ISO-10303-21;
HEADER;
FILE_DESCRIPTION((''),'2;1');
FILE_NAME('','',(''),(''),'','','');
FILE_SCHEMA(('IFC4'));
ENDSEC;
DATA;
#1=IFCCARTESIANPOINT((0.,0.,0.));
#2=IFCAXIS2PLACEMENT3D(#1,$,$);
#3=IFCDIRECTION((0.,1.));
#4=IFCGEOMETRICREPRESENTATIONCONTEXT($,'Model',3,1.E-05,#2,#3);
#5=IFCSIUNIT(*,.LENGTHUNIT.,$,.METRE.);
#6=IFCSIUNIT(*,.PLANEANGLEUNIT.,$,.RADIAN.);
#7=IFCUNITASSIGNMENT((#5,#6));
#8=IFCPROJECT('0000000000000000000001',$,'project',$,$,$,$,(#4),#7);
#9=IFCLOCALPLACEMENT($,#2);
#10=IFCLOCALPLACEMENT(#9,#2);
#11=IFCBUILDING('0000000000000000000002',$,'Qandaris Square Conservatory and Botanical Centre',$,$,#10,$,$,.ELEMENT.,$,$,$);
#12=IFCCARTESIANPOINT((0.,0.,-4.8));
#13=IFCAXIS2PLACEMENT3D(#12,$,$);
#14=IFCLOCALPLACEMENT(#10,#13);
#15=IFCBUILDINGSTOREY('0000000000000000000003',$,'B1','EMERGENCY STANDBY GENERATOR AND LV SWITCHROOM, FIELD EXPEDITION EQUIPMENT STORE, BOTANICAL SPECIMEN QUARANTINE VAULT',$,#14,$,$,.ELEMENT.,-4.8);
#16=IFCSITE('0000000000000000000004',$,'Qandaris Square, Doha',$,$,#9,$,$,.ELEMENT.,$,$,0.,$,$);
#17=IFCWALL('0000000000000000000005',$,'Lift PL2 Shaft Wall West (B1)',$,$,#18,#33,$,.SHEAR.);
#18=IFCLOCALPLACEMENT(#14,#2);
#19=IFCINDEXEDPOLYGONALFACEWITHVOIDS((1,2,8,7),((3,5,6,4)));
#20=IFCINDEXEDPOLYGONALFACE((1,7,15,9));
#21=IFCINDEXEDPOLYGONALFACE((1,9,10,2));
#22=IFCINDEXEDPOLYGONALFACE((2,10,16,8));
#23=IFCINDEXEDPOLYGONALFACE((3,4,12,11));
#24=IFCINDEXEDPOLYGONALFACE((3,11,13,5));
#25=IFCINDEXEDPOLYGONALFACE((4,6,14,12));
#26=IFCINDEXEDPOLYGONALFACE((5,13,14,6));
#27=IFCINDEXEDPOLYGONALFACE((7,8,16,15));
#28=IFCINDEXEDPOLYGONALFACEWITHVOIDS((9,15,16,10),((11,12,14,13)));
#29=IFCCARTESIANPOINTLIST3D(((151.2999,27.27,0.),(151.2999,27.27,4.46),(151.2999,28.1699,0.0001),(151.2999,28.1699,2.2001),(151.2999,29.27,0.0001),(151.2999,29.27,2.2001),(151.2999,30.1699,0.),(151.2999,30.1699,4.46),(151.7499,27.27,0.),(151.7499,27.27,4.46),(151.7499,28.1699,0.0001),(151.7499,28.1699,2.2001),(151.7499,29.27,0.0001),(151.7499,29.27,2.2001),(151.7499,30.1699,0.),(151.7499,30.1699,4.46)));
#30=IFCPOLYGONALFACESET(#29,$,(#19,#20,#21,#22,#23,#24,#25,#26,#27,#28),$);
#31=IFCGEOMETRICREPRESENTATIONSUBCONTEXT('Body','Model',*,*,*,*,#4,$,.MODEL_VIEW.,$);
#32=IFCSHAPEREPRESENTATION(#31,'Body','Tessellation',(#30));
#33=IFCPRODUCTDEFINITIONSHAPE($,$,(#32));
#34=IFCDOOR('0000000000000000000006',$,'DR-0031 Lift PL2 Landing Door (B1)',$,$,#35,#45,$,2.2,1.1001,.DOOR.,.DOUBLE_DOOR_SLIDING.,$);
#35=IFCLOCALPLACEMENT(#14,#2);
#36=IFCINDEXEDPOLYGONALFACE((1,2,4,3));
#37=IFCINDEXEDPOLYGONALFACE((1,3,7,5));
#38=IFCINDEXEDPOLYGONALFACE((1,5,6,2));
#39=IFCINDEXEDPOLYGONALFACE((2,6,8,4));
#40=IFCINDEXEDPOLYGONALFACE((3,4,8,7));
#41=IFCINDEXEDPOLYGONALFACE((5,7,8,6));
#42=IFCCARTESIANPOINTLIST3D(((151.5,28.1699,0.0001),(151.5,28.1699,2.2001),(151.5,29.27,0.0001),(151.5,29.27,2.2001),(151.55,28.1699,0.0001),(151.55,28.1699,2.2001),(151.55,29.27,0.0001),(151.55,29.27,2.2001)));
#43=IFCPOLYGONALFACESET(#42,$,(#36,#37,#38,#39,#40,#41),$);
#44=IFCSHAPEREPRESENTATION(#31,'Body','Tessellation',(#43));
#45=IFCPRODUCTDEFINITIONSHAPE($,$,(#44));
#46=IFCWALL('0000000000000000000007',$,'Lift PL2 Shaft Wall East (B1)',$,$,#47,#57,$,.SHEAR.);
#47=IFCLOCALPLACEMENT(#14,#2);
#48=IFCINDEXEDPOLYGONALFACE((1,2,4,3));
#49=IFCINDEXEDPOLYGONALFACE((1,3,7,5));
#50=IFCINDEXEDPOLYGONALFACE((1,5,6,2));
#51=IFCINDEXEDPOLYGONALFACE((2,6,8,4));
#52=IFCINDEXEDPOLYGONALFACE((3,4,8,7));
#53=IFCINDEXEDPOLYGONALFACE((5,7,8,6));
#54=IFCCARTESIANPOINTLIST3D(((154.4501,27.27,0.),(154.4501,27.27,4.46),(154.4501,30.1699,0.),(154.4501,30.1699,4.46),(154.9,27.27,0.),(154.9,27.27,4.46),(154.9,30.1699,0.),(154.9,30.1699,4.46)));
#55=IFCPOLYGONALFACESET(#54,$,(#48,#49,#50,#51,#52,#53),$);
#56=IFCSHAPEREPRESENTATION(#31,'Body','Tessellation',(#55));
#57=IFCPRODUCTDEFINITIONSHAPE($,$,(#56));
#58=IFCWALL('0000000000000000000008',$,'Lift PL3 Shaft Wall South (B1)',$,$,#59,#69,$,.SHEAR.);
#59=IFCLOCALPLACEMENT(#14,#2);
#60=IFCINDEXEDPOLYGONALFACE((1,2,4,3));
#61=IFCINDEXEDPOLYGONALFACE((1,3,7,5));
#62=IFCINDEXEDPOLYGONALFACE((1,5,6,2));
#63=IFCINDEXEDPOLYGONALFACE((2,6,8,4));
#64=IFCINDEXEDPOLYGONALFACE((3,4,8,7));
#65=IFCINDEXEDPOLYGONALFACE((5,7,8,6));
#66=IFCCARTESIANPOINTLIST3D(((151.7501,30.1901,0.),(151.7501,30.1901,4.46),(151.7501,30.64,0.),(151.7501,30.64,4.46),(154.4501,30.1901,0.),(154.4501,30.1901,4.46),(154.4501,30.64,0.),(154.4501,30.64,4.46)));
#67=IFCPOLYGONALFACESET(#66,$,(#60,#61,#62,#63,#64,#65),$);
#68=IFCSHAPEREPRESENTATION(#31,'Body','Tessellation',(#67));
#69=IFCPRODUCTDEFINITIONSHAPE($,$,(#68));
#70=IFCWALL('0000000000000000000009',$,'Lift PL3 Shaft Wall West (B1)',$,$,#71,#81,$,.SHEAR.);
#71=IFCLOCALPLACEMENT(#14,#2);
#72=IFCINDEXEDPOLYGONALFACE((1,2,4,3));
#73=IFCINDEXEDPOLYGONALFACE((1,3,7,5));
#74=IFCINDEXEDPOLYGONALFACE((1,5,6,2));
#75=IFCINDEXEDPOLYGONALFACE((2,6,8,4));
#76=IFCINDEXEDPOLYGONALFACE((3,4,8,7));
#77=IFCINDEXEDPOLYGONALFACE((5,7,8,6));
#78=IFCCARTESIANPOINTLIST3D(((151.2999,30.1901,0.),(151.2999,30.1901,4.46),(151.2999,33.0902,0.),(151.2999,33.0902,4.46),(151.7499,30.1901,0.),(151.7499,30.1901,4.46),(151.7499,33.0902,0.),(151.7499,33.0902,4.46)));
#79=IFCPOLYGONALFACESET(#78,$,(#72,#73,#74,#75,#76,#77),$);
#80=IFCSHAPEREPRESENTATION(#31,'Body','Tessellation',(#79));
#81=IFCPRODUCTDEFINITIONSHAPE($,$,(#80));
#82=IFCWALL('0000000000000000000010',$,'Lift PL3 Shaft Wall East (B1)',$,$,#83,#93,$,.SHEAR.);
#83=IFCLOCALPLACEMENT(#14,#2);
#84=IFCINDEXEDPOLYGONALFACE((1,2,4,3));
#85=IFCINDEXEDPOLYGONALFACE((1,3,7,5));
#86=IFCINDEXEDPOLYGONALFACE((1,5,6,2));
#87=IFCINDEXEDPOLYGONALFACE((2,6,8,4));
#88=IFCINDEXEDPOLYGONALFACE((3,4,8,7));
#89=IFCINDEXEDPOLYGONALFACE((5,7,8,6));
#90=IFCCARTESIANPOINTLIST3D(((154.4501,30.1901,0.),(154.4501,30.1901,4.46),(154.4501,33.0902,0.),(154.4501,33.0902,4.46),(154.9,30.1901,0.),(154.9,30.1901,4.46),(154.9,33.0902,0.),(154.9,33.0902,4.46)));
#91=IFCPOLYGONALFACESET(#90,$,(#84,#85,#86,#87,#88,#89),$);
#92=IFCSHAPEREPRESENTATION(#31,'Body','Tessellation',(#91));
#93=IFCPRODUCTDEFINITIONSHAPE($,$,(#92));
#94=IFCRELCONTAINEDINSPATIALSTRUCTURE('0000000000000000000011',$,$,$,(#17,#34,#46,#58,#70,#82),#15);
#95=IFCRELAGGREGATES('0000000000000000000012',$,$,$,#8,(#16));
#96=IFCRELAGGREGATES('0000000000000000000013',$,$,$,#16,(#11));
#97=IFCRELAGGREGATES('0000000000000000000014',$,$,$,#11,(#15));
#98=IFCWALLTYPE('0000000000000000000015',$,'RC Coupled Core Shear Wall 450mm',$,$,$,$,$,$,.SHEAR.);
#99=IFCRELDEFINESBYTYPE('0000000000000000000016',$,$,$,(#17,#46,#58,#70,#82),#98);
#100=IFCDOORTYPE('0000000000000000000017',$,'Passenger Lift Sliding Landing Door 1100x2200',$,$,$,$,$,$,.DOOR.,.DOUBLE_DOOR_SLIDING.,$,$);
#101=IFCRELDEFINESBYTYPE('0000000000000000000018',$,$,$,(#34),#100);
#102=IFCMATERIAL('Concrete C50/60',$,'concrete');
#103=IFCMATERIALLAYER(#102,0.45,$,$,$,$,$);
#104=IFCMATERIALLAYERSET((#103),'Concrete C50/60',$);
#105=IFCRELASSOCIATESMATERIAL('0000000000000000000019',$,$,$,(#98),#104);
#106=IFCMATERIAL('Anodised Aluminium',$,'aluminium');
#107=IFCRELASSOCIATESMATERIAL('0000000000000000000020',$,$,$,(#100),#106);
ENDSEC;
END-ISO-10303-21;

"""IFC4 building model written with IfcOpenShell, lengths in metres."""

from ifc_helpers import new_model, si_unit, direction, frame, frame_2d, origin, place, context, subcontext, project, spatial, rectangle, extrude, material, layer, layer_set, type_object, element, fill, save


model = new_model("IFC4")

# Units and contexts
model_context = context("Model", 3, precision=1e-05, world=origin(), true_north=direction((0.0, 1.0)))
body_context = subcontext(model_context, "Body", "Model", "MODEL_VIEW")
ifc_project = project(units=[si_unit("LENGTHUNIT", "METRE"), si_unit("PLANEANGLEUNIT", "RADIAN")], contexts=[model_context])

# Site, building, storey
site_placement = place(None, origin())
site = spatial("IfcSite", under=ifc_project, at=site_placement, Name="Qandaris Square, Doha", CompositionType="ELEMENT", RefElevation=0.0)
building_placement = place(site_placement, origin())
building = spatial("IfcBuilding", under=site, at=building_placement, Name="Qandaris Square Conservatory and Botanical Centre", CompositionType="ELEMENT")
storey_placement = place(building_placement, frame((0.0, 0.0, -4.8)))
storey = spatial("IfcBuildingStorey", under=building, at=storey_placement, Name="B1", Description="EMERGENCY STANDBY GENERATOR AND LV SWITCHROOM, FIELD EXPEDITION EQUIPMENT STORE, BOTANICAL SPECIMEN QUARANTINE VAULT", CompositionType="ELEMENT", Elevation=-4.8)

# Shared definitions
ifc_material_1 = material(Name="Concrete C50/60", Category="concrete")

# Shared definitions
ifc_material_2 = material(Name="Anodised Aluminium", Category="aluminium")

# Shared definitions
ifc_layer_1 = layer(ifc_material_1, 0.45)
ifc_layer_set_1 = layer_set([ifc_layer_1], Name="Concrete C50/60")
wall_type_1 = type_object("IfcWallType", Name="RC Coupled Core Shear Wall 450mm", PredefinedType="SHEAR", material=ifc_layer_set_1)

# Wall, opening, door
wall_1_placement = place(storey_placement, frame((151.5249, 27.27, 0.0), z_axis=(0.0, 0.0, 1.0), x_axis=(0.0, 1.0, 0.0)))
wall_1 = element("IfcWall", 1, at=wall_1_placement, inside=storey, type_object=wall_type_1, Name="Lift PL2 Shaft Wall West (B1)", PredefinedType="SHEAR", context=body_context, shape_type="SweptSolid", body=[
    extrude(rectangle(XDim=2.8999, YDim=0.45, at=frame_2d((1.45, 0.0))), origin(), (0.0, 0.0, 1.0), 4.46),
])
opening_1_placement = place(wall_1_placement, frame((0.8999, 0.0, 0.0)))
opening_1 = element("IfcOpeningElement", 2, at=opening_1_placement, cuts=wall_1, PredefinedType="OPENING", context=body_context, shape_type="SweptSolid", body=[
    extrude(rectangle(XDim=1.1001, YDim=2.2, at=frame_2d((0.55, 1.1001))), frame((0.0, 0.2368, 0.0), z_axis=(0.0, -1.0, 0.0), x_axis=(1.0, 0.0, 0.0)), (0.0, 0.0, 1.0), 0.4739),
])
door_type_1 = type_object("IfcDoorType", Name="Passenger Lift Sliding Landing Door 1100x2200", OperationType="DOUBLE_DOOR_SLIDING", PredefinedType="DOOR", material=ifc_material_2)
door_1_placement = place(opening_1_placement, origin())
door_1 = element("IfcDoor", 3, at=door_1_placement, inside=storey, type_object=door_type_1, Name="DR-0031 Lift PL2 Landing Door (B1)", OperationType="DOUBLE_DOOR_SLIDING", OverallHeight=2.2, OverallWidth=1.1001, PredefinedType="DOOR", context=body_context, shape_type="SweptSolid", body=[
    extrude(rectangle(XDim=1.1001, YDim=2.2, at=frame_2d((0.55, 1.1001))), frame((0.0, 0.0249, 0.0), z_axis=(0.0, -1.0, 0.0), x_axis=(1.0, 0.0, 0.0)), (0.0, 0.0, 1.0), 0.05),
])
fill(opening_1, door_1)

# Walls
wall_2_placement = place(storey_placement, frame((154.675, 27.27, 0.0), z_axis=(0.0, 0.0, 1.0), x_axis=(0.0, 1.0, 0.0)))
element("IfcWall", 4, at=wall_2_placement, inside=storey, type_object=wall_type_1, Name="Lift PL2 Shaft Wall East (B1)", PredefinedType="SHEAR", context=body_context, shape_type="SweptSolid", body=[
    extrude(rectangle(XDim=2.8999, YDim=0.45, at=frame_2d((1.45, 0.0))), origin(), (0.0, 0.0, 1.0), 4.46),
])
wall_3_placement = place(storey_placement, frame((151.75, 30.415, 0.0), z_axis=(0.0, 0.0, 1.0), x_axis=(1.0, 0.0, 0.0)))
element("IfcWall", 5, at=wall_3_placement, inside=storey, type_object=wall_type_1, Name="Lift PL3 Shaft Wall South (B1)", PredefinedType="SHEAR", context=body_context, shape_type="SweptSolid", body=[
    extrude(rectangle(XDim=2.7, YDim=0.45, at=frame_2d((1.3501, 0.0))), origin(), (0.0, 0.0, 1.0), 4.46),
])
for number, where, z_axis, x_axis, name in (
    (6, (151.5249, 30.1899, 0.0), (0.0, 0.0, 1.0), (0.0, 1.0, 0.0), "Lift PL3 Shaft Wall West (B1)"),
    (7, (154.675, 30.1899, 0.0), (0.0, 0.0, 1.0), (0.0, 1.0, 0.0), "Lift PL3 Shaft Wall East (B1)"),
):
    element("IfcWall", number, at=place(storey_placement, frame(where, z_axis=z_axis, x_axis=x_axis)), inside=storey, type_object=wall_type_1, Name=name, PredefinedType="SHEAR", context=body_context, shape_type="SweptSolid", body=[
        extrude(rectangle(XDim=2.9001, YDim=0.45, at=frame_2d((1.4502, 0.0))), origin(), (0.0, 0.0, 1.0), 4.46),
    ])

save(model, "model.ifc")
